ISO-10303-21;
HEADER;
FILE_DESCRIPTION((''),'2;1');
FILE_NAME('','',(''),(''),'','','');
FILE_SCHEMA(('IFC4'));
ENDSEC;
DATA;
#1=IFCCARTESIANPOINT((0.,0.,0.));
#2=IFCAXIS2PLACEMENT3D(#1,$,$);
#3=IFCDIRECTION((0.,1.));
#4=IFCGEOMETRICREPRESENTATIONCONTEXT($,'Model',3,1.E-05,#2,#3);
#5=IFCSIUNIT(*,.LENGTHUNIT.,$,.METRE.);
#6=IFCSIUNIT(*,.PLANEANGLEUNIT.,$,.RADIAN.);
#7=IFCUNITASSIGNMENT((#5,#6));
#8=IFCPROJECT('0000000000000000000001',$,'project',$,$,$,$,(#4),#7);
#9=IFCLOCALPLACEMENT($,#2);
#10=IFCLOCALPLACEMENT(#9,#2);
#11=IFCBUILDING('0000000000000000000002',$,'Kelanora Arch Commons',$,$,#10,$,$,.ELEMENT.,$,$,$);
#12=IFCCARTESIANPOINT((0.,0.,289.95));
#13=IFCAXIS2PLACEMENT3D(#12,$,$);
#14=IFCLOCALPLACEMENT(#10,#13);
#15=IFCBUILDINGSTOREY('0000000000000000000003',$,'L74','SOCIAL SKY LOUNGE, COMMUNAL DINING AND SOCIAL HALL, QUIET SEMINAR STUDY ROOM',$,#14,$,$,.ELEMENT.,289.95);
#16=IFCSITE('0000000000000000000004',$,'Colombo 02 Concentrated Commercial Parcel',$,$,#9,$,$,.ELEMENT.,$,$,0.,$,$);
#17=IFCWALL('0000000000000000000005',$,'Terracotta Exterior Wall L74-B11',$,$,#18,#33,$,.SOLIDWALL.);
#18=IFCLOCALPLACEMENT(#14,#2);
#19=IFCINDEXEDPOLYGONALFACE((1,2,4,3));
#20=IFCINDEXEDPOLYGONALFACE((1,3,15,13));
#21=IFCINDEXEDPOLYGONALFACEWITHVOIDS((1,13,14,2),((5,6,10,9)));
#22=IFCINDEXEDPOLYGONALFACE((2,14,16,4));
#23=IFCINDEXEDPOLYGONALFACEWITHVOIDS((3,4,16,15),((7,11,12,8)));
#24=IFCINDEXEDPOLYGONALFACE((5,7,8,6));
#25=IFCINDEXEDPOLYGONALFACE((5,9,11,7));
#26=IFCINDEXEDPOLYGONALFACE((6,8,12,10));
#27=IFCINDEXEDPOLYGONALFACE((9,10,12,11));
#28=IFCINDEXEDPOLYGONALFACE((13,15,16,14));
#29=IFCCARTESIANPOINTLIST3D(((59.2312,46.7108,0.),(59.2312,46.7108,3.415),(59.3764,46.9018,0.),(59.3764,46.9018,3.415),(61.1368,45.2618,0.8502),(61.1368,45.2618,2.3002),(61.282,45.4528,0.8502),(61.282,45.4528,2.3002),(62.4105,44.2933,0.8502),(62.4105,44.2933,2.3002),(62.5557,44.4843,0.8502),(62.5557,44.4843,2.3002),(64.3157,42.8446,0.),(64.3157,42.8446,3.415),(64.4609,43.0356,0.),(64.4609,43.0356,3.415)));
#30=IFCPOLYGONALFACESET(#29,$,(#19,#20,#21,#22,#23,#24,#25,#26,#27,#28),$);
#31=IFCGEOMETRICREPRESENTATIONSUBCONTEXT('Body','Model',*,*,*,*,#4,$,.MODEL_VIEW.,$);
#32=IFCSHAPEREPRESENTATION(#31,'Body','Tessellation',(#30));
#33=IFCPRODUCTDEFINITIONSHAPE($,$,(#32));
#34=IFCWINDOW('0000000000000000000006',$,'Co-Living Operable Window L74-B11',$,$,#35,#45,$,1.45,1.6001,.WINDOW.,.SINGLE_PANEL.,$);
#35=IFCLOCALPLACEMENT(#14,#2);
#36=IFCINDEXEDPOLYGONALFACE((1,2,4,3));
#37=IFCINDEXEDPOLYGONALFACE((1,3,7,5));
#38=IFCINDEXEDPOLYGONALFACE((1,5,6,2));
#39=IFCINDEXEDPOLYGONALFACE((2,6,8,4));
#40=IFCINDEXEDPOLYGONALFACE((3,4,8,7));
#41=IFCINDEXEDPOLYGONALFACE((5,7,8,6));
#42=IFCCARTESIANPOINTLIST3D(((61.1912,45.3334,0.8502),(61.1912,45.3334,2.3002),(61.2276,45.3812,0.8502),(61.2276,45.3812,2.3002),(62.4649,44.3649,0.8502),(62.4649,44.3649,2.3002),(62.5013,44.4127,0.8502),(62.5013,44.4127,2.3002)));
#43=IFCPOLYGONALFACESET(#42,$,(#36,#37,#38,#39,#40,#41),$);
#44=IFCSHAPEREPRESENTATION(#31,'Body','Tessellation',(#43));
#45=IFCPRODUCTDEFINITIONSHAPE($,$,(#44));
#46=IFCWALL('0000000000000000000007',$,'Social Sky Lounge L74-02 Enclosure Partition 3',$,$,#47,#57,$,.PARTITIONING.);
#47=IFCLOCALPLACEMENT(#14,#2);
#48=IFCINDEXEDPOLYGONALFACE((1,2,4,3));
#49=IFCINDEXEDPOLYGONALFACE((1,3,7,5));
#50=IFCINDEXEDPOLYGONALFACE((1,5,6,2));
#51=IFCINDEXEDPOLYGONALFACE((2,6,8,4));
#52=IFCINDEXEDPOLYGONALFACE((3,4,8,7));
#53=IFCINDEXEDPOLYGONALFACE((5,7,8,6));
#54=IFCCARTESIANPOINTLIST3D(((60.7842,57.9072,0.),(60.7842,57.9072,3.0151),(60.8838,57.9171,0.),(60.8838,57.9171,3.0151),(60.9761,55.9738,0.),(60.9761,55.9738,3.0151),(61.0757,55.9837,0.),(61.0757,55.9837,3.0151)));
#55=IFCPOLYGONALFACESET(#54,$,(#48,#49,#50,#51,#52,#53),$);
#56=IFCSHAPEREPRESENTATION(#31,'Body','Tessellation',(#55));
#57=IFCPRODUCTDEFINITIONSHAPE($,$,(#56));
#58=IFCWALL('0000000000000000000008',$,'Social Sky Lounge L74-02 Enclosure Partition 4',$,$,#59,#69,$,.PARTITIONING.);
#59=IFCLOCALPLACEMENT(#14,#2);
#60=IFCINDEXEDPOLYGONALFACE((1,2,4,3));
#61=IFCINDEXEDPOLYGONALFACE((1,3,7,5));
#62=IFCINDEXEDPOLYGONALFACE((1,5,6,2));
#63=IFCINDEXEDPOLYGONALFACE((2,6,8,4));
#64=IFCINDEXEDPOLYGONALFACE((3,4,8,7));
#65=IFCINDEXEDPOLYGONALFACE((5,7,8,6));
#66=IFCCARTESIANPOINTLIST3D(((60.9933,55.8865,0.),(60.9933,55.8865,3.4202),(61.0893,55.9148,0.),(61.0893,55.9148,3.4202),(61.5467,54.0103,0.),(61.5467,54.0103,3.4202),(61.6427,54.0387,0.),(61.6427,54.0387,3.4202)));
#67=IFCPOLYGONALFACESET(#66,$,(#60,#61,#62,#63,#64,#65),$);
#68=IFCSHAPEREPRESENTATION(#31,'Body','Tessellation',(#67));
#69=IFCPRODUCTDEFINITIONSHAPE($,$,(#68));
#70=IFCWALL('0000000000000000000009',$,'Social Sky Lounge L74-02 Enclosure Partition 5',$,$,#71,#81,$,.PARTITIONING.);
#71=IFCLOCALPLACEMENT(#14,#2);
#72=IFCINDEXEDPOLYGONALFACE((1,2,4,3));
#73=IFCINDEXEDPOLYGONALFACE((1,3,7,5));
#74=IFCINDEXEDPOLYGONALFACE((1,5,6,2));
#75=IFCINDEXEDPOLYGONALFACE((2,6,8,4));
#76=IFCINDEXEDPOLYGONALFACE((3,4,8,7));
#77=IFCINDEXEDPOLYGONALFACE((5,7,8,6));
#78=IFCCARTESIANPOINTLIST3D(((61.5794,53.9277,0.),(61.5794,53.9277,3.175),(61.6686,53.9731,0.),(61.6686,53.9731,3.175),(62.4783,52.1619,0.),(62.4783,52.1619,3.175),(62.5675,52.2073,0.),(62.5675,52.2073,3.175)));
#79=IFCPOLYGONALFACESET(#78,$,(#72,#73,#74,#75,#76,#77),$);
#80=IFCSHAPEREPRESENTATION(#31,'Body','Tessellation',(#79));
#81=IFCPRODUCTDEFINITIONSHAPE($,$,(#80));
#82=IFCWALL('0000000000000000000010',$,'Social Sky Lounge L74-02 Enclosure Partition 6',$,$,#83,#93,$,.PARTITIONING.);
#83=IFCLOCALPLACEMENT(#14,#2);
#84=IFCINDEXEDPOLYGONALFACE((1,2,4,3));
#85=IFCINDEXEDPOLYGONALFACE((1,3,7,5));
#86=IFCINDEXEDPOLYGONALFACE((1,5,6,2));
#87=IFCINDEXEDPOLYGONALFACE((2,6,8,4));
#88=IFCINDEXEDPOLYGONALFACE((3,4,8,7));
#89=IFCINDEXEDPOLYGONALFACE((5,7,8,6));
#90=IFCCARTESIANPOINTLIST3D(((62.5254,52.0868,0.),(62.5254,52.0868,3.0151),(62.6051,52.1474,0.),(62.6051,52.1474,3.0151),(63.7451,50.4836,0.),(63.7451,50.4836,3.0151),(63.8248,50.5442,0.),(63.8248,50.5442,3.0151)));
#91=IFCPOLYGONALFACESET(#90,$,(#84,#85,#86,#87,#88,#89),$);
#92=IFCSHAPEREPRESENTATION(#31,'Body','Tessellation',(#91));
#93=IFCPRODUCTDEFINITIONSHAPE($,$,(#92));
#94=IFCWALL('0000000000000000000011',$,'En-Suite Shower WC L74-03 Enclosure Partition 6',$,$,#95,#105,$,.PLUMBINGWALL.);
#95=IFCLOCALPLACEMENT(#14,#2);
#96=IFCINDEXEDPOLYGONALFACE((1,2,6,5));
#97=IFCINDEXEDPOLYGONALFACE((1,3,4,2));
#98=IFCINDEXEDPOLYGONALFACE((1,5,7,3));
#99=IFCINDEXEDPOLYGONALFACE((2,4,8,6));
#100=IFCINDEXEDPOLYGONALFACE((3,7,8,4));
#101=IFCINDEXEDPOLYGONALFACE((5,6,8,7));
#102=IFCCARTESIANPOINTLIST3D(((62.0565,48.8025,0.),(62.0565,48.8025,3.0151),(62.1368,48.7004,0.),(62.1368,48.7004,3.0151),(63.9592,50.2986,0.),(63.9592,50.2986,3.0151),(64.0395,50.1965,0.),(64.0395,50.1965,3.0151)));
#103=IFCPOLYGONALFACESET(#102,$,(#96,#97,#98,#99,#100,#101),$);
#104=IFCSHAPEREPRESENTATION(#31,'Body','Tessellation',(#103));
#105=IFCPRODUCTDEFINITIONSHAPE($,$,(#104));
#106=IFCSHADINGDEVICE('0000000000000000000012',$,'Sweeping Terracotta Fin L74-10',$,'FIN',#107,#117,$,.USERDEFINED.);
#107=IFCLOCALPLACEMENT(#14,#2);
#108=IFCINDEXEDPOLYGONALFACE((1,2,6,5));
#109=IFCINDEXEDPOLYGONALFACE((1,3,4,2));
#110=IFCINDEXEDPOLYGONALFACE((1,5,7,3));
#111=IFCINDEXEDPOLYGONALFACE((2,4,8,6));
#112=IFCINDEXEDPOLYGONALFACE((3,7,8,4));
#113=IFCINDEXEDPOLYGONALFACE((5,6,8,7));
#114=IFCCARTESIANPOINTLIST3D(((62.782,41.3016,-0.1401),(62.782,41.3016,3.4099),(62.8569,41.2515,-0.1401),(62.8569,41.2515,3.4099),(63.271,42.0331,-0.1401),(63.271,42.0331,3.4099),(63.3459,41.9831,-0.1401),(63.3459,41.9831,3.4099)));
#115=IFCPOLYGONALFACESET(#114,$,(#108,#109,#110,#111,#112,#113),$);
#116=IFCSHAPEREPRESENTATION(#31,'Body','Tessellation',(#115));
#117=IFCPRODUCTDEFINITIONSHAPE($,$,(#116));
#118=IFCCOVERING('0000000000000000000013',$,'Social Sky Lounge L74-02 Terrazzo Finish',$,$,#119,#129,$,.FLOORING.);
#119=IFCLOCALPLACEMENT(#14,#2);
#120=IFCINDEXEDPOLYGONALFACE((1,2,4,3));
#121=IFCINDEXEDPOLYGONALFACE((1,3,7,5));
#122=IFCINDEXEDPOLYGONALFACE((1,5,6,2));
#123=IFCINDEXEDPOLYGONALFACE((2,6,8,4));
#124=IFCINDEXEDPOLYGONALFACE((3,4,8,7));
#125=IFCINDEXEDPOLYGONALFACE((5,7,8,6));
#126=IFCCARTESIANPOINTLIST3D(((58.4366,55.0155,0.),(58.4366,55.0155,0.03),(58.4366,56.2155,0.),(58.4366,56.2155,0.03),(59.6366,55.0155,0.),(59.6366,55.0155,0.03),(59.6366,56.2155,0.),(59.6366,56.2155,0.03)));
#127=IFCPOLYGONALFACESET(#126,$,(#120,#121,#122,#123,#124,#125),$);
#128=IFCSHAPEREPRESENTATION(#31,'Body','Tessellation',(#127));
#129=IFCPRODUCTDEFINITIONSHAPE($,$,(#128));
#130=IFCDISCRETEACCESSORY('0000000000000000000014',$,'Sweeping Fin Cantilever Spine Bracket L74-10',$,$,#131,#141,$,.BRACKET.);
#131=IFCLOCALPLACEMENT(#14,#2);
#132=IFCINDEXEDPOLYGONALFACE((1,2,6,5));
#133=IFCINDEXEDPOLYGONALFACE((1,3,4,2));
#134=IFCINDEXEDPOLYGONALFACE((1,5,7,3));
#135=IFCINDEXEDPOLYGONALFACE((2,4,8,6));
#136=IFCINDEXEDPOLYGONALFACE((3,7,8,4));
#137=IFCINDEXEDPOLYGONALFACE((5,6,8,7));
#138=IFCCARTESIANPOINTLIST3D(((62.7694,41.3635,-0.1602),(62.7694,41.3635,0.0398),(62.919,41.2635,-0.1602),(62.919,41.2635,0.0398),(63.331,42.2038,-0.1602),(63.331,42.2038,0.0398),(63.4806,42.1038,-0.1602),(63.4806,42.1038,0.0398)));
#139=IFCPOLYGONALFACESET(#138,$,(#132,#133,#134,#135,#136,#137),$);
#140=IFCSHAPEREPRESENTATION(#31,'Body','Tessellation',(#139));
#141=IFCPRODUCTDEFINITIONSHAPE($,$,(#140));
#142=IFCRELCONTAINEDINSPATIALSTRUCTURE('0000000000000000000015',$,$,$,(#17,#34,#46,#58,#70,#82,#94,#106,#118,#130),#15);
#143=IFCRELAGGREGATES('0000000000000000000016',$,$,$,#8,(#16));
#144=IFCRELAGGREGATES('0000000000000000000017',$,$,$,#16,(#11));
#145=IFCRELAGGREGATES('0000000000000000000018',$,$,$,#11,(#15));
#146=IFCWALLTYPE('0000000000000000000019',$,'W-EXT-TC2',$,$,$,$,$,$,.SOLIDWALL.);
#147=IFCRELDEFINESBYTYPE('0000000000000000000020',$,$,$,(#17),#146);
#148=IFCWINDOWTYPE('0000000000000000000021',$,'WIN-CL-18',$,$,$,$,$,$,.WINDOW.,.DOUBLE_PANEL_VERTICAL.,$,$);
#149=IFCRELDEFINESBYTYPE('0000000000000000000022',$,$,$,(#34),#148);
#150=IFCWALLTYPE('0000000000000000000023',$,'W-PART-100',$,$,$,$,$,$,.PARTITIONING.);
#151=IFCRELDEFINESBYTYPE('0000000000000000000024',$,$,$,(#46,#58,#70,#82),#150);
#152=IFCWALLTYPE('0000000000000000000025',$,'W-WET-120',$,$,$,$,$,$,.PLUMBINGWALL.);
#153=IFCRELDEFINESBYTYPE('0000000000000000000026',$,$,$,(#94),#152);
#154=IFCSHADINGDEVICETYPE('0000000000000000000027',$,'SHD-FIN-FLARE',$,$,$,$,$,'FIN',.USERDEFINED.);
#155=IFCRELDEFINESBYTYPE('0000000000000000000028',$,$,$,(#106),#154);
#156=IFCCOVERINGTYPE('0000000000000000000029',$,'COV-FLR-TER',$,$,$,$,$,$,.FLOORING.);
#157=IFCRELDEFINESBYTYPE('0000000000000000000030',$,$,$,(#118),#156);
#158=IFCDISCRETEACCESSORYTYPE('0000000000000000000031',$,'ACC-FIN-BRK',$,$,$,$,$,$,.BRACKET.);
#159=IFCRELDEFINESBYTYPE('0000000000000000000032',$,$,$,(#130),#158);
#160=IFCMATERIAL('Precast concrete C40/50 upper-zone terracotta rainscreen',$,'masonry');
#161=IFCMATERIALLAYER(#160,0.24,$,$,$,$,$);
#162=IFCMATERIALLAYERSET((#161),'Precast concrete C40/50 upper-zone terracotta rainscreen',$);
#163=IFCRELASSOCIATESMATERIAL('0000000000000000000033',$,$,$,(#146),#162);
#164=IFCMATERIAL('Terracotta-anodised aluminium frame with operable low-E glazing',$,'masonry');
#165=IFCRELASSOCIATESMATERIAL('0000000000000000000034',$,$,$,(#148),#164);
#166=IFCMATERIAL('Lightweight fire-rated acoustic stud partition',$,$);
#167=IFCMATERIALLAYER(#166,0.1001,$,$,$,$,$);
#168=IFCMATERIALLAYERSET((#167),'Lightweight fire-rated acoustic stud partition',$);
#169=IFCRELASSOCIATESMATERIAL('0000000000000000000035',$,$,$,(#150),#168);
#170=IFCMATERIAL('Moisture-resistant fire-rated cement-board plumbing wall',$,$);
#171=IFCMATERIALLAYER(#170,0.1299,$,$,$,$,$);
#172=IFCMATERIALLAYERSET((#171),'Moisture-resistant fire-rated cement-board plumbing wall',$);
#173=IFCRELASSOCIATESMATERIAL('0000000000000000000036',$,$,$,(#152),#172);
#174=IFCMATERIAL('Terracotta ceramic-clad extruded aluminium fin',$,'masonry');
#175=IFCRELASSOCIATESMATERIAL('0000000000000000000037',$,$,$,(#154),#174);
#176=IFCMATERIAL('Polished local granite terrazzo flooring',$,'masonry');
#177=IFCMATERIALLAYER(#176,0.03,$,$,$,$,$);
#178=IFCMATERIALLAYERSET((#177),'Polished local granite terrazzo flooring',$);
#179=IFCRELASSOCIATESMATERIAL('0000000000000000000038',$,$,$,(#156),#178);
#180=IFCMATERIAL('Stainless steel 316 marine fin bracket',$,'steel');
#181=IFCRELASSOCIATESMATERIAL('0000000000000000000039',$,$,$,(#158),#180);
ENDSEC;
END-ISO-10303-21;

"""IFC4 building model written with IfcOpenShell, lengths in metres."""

from ifc_helpers import new_model, si_unit, direction, frame, frame_2d, origin, origin_2d, place, context, subcontext, project, spatial, rectangle, extrude, source, transform, mapped, material, layer, layer_set, type_object, element, fill, save


model = new_model("IFC4")

# Units and contexts
model_context = context("Model", 3, precision=1e-05, world=origin(), true_north=direction((0.0, 1.0)))
body_context = subcontext(model_context, "Body", "Model", "MODEL_VIEW")
ifc_project = project(units=[si_unit("LENGTHUNIT", "METRE"), si_unit("PLANEANGLEUNIT", "RADIAN")], contexts=[model_context])

# Site, building, storey
site_placement = place(None, origin())
site = spatial("IfcSite", under=ifc_project, at=site_placement, Name="Colombo 02 Concentrated Commercial Parcel", CompositionType="ELEMENT", RefElevation=0.0)
building_placement = place(site_placement, origin())
building = spatial("IfcBuilding", under=site, at=building_placement, Name="Kelanora Arch Commons", CompositionType="ELEMENT")
storey_placement = place(building_placement, frame((0.0, 0.0, 289.95)))
storey = spatial("IfcBuildingStorey", under=building, at=storey_placement, Name="L74", Description="SOCIAL SKY LOUNGE, COMMUNAL DINING AND SOCIAL HALL, QUIET SEMINAR STUDY ROOM", CompositionType="ELEMENT", Elevation=289.95)

# Wall, opening, window
ifc_material_1 = material(Name="Precast concrete C40/50 upper-zone terracotta rainscreen", Category="masonry")
ifc_layer_1 = layer(ifc_material_1, 0.24)
ifc_layer_set_1 = layer_set([ifc_layer_1], Name="Precast concrete C40/50 upper-zone terracotta rainscreen")
wall_type_1 = type_object("IfcWallType", Name="W-EXT-TC2", PredefinedType="SOLIDWALL", material=ifc_layer_set_1)
wall_1_placement = place(storey_placement, frame((59.3037, 46.8064, 0.0), z_axis=(0.0, 0.0, 1.0), x_axis=(0.79601, -0.605283, 0.0)))
wall_1 = element("IfcWall", 1, at=wall_1_placement, inside=storey, type_object=wall_type_1, Name="Terracotta Exterior Wall L74-B11", PredefinedType="SOLIDWALL", context=body_context, shape_type="SweptSolid", body=[
    extrude(rectangle(XDim=6.3875, YDim=0.24, at=frame_2d((3.1938, 0.0))), origin(), (0.0, 0.0, 1.0), 3.415),
])
opening_placement = place(wall_1_placement, frame((2.394, 0.0, 0.8501)))
opening = element("IfcOpeningElement", 2, at=opening_placement, cuts=wall_1, PredefinedType="OPENING", context=body_context, shape_type="SweptSolid", body=[
    extrude(rectangle(XDim=1.6001, YDim=1.45, at=frame_2d((0.8, 0.7251))), frame((0.0, 0.1299, 0.0), z_axis=(0.0, -1.0, 0.0), x_axis=(1.0, 0.0, 0.0)), (0.0, 0.0, 1.0), 0.26),
])
ifc_material_2 = material(Name="Terracotta-anodised aluminium frame with operable low-E glazing", Category="masonry")
window_type = type_object("IfcWindowType", Name="WIN-CL-18", PartitioningType="DOUBLE_PANEL_VERTICAL", PredefinedType="WINDOW", material=ifc_material_2)
window_placement = place(opening_placement, origin())
window = element("IfcWindow", 3, at=window_placement, inside=storey, type_object=window_type, Name="Co-Living Operable Window L74-B11", OverallHeight=1.45, OverallWidth=1.6001, PartitioningType="SINGLE_PANEL", PredefinedType="WINDOW", context=body_context, shape_type="SweptSolid", body=[
    extrude(rectangle(XDim=1.6001, YDim=1.45, at=frame_2d((0.8, 0.7251))), frame((0.0, 0.03, 0.0), z_axis=(0.0, -1.0, 0.0), x_axis=(1.0, 0.0, 0.0)), (0.0, 0.0, 1.0), 0.0601),
])
fill(opening, window)

# Walls
ifc_material_3 = material(Name="Lightweight fire-rated acoustic stud partition")
ifc_layer_2 = layer(ifc_material_3, 0.1001)
ifc_layer_set_2 = layer_set([ifc_layer_2], Name="Lightweight fire-rated acoustic stud partition")
wall_type_2 = type_object("IfcWallType", Name="W-PART-100", PredefinedType="PARTITIONING", material=ifc_layer_set_2)
wall_2_placement = place(storey_placement, frame((60.834, 57.9121, 0.0), z_axis=(0.0, 0.0, 1.0), x_axis=(0.09877, -0.99511, 0.0)))
element("IfcWall", 4, at=wall_2_placement, inside=storey, type_object=wall_type_2, Name="Social Sky Lounge L74-02 Enclosure Partition 3", PredefinedType="PARTITIONING", context=body_context, shape_type="SweptSolid", body=[
    extrude(rectangle(XDim=1.9429, YDim=0.1001, at=frame_2d((0.9714, 0.0))), origin(), (0.0, 0.0, 1.0), 3.0151),
])
wall_3_placement = place(storey_placement, frame((61.0413, 55.9006, 0.0), z_axis=(0.0, 0.0, 1.0), x_axis=(0.282937, -0.959139, 0.0)))
element("IfcWall", 5, at=wall_3_placement, inside=storey, type_object=wall_type_2, Name="Social Sky Lounge L74-02 Enclosure Partition 4", PredefinedType="PARTITIONING", context=body_context, shape_type="SweptSolid", body=[
    extrude(rectangle(XDim=1.9561, YDim=0.1001, at=frame_2d((0.978, 0.0))), origin(), (0.0, 0.0, 1.0), 3.4202),
])
wall_4_placement = place(storey_placement, frame((61.624, 53.9504, 0.0), z_axis=(0.0, 0.0, 1.0), x_axis=(0.453658, -0.891176, 0.0)))
element("IfcWall", 6, at=wall_4_placement, inside=storey, type_object=wall_type_2, Name="Social Sky Lounge L74-02 Enclosure Partition 5", PredefinedType="PARTITIONING", context=body_context, shape_type="SweptSolid", body=[
    extrude(rectangle(XDim=1.9814, YDim=0.1001, at=frame_2d((0.9907, 0.0))), origin(), (0.0, 0.0, 1.0), 3.175),
])
wall_5_placement = place(storey_placement, frame((62.5652, 52.1172, 0.0), z_axis=(0.0, 0.0, 1.0), x_axis=(0.605473, -0.795866, 0.0)))
element("IfcWall", 7, at=wall_5_placement, inside=storey, type_object=wall_type_2, Name="Social Sky Lounge L74-02 Enclosure Partition 6", PredefinedType="PARTITIONING", context=body_context, shape_type="SweptSolid", body=[
    extrude(rectangle(XDim=2.0144, YDim=0.1001, at=frame_2d((1.0073, 0.0))), origin(), (0.0, 0.0, 1.0), 3.0151),
])
ifc_material_4 = material(Name="Moisture-resistant fire-rated cement-board plumbing wall")
ifc_layer_3 = layer(ifc_material_4, 0.1299)
ifc_layer_set_3 = layer_set([ifc_layer_3], Name="Moisture-resistant fire-rated cement-board plumbing wall")
wall_type_3 = type_object("IfcWallType", Name="W-WET-120", PredefinedType="PLUMBINGWALL", material=ifc_layer_set_3)
wall_6_placement = place(storey_placement, frame((62.0967, 48.7515, 0.0), z_axis=(0.0, 0.0, 1.0), x_axis=(0.786077, 0.618129, 0.0)))
element("IfcWall", 8, at=wall_6_placement, inside=storey, type_object=wall_type_3, Name="En-Suite Shower WC L74-03 Enclosure Partition 6", PredefinedType="PLUMBINGWALL", context=body_context, shape_type="SweptSolid", body=[
    extrude(rectangle(XDim=2.4204, YDim=0.1299, at=frame_2d((1.2102, 0.0))), origin(), (0.0, 0.0, 1.0), 3.0151),
])

# Shading device
ifc_material_5 = material(Name="Terracotta ceramic-clad extruded aluminium fin", Category="masonry")
shading_device_type = type_object("IfcShadingDeviceType", Name="SHD-FIN-FLARE", ElementType="FIN", PredefinedType="USERDEFINED", material=ifc_material_5)
shared_shape_1 = source(origin(), body_context, "Body", "SweptSolid", [
    extrude(rectangle(XDim=0.8799, YDim=0.0901, at=origin_2d()), origin(), (0.0, 0.0, 1.0), 3.55),
])
shading_device_placement = place(storey_placement, frame((63.064, 41.6423, -0.1401), z_axis=(0.0, 0.0, 1.0), x_axis=(-0.555715, -0.831373, 0.0)))
element("IfcShadingDevice", 9, at=shading_device_placement, inside=storey, type_object=shading_device_type, Name="Sweeping Terracotta Fin L74-10", ObjectType="FIN", PredefinedType="USERDEFINED", context=body_context, shape_type="MappedRepresentation", body=[
    mapped(shared_shape_1, transform((0.0, 0.0, 0.0), scale=1.0)),
])

# Covering
ifc_material_6 = material(Name="Polished local granite terrazzo flooring", Category="masonry")
ifc_layer_4 = layer(ifc_material_6, 0.03)
ifc_layer_set_4 = layer_set([ifc_layer_4], Name="Polished local granite terrazzo flooring")
covering_type = type_object("IfcCoveringType", Name="COV-FLR-TER", PredefinedType="FLOORING", material=ifc_layer_set_4)
shared_shape_2 = source(origin(), body_context, "Body", "SweptSolid", [
    extrude(rectangle(XDim=1.2, YDim=1.2, at=origin_2d()), origin(), (0.0, 0.0, 1.0), 0.03),
])
covering_placement = place(storey_placement, frame((59.0366, 55.6155, 0.0), z_axis=(0.0, 0.0, 1.0), x_axis=(1.0, 0.0, 0.0)))
element("IfcCovering", 10, at=covering_placement, inside=storey, type_object=covering_type, Name="Social Sky Lounge L74-02 Terrazzo Finish", PredefinedType="FLOORING", context=body_context, shape_type="MappedRepresentation", body=[
    mapped(shared_shape_2, transform((0.0, 0.0, 0.0), scale=1.0)),
])

# Discrete accessory
ifc_material_7 = material(Name="Stainless steel 316 marine fin bracket", Category="steel")
discrete_accessory_type = type_object("IfcDiscreteAccessoryType", Name="ACC-FIN-BRK", PredefinedType="BRACKET", material=ifc_material_7)
shared_shape_3 = source(origin(), body_context, "Body", "SweptSolid", [
    extrude(rectangle(XDim=1.0107, YDim=0.1799, at=origin_2d()), origin(), (0.0, 0.0, 1.0), 0.2),
])
discrete_accessory_placement = place(storey_placement, frame((63.125, 41.7336, -0.1602), z_axis=(0.0, 0.0, 1.0), x_axis=(-0.555715, -0.831373, 0.0)))
element("IfcDiscreteAccessory", 11, at=discrete_accessory_placement, inside=storey, type_object=discrete_accessory_type, Name="Sweeping Fin Cantilever Spine Bracket L74-10", PredefinedType="BRACKET", context=body_context, shape_type="MappedRepresentation", body=[
    mapped(shared_shape_3, transform((0.0, 0.0, 0.0), scale=1.0)),
])

save(model, "model.ifc")
